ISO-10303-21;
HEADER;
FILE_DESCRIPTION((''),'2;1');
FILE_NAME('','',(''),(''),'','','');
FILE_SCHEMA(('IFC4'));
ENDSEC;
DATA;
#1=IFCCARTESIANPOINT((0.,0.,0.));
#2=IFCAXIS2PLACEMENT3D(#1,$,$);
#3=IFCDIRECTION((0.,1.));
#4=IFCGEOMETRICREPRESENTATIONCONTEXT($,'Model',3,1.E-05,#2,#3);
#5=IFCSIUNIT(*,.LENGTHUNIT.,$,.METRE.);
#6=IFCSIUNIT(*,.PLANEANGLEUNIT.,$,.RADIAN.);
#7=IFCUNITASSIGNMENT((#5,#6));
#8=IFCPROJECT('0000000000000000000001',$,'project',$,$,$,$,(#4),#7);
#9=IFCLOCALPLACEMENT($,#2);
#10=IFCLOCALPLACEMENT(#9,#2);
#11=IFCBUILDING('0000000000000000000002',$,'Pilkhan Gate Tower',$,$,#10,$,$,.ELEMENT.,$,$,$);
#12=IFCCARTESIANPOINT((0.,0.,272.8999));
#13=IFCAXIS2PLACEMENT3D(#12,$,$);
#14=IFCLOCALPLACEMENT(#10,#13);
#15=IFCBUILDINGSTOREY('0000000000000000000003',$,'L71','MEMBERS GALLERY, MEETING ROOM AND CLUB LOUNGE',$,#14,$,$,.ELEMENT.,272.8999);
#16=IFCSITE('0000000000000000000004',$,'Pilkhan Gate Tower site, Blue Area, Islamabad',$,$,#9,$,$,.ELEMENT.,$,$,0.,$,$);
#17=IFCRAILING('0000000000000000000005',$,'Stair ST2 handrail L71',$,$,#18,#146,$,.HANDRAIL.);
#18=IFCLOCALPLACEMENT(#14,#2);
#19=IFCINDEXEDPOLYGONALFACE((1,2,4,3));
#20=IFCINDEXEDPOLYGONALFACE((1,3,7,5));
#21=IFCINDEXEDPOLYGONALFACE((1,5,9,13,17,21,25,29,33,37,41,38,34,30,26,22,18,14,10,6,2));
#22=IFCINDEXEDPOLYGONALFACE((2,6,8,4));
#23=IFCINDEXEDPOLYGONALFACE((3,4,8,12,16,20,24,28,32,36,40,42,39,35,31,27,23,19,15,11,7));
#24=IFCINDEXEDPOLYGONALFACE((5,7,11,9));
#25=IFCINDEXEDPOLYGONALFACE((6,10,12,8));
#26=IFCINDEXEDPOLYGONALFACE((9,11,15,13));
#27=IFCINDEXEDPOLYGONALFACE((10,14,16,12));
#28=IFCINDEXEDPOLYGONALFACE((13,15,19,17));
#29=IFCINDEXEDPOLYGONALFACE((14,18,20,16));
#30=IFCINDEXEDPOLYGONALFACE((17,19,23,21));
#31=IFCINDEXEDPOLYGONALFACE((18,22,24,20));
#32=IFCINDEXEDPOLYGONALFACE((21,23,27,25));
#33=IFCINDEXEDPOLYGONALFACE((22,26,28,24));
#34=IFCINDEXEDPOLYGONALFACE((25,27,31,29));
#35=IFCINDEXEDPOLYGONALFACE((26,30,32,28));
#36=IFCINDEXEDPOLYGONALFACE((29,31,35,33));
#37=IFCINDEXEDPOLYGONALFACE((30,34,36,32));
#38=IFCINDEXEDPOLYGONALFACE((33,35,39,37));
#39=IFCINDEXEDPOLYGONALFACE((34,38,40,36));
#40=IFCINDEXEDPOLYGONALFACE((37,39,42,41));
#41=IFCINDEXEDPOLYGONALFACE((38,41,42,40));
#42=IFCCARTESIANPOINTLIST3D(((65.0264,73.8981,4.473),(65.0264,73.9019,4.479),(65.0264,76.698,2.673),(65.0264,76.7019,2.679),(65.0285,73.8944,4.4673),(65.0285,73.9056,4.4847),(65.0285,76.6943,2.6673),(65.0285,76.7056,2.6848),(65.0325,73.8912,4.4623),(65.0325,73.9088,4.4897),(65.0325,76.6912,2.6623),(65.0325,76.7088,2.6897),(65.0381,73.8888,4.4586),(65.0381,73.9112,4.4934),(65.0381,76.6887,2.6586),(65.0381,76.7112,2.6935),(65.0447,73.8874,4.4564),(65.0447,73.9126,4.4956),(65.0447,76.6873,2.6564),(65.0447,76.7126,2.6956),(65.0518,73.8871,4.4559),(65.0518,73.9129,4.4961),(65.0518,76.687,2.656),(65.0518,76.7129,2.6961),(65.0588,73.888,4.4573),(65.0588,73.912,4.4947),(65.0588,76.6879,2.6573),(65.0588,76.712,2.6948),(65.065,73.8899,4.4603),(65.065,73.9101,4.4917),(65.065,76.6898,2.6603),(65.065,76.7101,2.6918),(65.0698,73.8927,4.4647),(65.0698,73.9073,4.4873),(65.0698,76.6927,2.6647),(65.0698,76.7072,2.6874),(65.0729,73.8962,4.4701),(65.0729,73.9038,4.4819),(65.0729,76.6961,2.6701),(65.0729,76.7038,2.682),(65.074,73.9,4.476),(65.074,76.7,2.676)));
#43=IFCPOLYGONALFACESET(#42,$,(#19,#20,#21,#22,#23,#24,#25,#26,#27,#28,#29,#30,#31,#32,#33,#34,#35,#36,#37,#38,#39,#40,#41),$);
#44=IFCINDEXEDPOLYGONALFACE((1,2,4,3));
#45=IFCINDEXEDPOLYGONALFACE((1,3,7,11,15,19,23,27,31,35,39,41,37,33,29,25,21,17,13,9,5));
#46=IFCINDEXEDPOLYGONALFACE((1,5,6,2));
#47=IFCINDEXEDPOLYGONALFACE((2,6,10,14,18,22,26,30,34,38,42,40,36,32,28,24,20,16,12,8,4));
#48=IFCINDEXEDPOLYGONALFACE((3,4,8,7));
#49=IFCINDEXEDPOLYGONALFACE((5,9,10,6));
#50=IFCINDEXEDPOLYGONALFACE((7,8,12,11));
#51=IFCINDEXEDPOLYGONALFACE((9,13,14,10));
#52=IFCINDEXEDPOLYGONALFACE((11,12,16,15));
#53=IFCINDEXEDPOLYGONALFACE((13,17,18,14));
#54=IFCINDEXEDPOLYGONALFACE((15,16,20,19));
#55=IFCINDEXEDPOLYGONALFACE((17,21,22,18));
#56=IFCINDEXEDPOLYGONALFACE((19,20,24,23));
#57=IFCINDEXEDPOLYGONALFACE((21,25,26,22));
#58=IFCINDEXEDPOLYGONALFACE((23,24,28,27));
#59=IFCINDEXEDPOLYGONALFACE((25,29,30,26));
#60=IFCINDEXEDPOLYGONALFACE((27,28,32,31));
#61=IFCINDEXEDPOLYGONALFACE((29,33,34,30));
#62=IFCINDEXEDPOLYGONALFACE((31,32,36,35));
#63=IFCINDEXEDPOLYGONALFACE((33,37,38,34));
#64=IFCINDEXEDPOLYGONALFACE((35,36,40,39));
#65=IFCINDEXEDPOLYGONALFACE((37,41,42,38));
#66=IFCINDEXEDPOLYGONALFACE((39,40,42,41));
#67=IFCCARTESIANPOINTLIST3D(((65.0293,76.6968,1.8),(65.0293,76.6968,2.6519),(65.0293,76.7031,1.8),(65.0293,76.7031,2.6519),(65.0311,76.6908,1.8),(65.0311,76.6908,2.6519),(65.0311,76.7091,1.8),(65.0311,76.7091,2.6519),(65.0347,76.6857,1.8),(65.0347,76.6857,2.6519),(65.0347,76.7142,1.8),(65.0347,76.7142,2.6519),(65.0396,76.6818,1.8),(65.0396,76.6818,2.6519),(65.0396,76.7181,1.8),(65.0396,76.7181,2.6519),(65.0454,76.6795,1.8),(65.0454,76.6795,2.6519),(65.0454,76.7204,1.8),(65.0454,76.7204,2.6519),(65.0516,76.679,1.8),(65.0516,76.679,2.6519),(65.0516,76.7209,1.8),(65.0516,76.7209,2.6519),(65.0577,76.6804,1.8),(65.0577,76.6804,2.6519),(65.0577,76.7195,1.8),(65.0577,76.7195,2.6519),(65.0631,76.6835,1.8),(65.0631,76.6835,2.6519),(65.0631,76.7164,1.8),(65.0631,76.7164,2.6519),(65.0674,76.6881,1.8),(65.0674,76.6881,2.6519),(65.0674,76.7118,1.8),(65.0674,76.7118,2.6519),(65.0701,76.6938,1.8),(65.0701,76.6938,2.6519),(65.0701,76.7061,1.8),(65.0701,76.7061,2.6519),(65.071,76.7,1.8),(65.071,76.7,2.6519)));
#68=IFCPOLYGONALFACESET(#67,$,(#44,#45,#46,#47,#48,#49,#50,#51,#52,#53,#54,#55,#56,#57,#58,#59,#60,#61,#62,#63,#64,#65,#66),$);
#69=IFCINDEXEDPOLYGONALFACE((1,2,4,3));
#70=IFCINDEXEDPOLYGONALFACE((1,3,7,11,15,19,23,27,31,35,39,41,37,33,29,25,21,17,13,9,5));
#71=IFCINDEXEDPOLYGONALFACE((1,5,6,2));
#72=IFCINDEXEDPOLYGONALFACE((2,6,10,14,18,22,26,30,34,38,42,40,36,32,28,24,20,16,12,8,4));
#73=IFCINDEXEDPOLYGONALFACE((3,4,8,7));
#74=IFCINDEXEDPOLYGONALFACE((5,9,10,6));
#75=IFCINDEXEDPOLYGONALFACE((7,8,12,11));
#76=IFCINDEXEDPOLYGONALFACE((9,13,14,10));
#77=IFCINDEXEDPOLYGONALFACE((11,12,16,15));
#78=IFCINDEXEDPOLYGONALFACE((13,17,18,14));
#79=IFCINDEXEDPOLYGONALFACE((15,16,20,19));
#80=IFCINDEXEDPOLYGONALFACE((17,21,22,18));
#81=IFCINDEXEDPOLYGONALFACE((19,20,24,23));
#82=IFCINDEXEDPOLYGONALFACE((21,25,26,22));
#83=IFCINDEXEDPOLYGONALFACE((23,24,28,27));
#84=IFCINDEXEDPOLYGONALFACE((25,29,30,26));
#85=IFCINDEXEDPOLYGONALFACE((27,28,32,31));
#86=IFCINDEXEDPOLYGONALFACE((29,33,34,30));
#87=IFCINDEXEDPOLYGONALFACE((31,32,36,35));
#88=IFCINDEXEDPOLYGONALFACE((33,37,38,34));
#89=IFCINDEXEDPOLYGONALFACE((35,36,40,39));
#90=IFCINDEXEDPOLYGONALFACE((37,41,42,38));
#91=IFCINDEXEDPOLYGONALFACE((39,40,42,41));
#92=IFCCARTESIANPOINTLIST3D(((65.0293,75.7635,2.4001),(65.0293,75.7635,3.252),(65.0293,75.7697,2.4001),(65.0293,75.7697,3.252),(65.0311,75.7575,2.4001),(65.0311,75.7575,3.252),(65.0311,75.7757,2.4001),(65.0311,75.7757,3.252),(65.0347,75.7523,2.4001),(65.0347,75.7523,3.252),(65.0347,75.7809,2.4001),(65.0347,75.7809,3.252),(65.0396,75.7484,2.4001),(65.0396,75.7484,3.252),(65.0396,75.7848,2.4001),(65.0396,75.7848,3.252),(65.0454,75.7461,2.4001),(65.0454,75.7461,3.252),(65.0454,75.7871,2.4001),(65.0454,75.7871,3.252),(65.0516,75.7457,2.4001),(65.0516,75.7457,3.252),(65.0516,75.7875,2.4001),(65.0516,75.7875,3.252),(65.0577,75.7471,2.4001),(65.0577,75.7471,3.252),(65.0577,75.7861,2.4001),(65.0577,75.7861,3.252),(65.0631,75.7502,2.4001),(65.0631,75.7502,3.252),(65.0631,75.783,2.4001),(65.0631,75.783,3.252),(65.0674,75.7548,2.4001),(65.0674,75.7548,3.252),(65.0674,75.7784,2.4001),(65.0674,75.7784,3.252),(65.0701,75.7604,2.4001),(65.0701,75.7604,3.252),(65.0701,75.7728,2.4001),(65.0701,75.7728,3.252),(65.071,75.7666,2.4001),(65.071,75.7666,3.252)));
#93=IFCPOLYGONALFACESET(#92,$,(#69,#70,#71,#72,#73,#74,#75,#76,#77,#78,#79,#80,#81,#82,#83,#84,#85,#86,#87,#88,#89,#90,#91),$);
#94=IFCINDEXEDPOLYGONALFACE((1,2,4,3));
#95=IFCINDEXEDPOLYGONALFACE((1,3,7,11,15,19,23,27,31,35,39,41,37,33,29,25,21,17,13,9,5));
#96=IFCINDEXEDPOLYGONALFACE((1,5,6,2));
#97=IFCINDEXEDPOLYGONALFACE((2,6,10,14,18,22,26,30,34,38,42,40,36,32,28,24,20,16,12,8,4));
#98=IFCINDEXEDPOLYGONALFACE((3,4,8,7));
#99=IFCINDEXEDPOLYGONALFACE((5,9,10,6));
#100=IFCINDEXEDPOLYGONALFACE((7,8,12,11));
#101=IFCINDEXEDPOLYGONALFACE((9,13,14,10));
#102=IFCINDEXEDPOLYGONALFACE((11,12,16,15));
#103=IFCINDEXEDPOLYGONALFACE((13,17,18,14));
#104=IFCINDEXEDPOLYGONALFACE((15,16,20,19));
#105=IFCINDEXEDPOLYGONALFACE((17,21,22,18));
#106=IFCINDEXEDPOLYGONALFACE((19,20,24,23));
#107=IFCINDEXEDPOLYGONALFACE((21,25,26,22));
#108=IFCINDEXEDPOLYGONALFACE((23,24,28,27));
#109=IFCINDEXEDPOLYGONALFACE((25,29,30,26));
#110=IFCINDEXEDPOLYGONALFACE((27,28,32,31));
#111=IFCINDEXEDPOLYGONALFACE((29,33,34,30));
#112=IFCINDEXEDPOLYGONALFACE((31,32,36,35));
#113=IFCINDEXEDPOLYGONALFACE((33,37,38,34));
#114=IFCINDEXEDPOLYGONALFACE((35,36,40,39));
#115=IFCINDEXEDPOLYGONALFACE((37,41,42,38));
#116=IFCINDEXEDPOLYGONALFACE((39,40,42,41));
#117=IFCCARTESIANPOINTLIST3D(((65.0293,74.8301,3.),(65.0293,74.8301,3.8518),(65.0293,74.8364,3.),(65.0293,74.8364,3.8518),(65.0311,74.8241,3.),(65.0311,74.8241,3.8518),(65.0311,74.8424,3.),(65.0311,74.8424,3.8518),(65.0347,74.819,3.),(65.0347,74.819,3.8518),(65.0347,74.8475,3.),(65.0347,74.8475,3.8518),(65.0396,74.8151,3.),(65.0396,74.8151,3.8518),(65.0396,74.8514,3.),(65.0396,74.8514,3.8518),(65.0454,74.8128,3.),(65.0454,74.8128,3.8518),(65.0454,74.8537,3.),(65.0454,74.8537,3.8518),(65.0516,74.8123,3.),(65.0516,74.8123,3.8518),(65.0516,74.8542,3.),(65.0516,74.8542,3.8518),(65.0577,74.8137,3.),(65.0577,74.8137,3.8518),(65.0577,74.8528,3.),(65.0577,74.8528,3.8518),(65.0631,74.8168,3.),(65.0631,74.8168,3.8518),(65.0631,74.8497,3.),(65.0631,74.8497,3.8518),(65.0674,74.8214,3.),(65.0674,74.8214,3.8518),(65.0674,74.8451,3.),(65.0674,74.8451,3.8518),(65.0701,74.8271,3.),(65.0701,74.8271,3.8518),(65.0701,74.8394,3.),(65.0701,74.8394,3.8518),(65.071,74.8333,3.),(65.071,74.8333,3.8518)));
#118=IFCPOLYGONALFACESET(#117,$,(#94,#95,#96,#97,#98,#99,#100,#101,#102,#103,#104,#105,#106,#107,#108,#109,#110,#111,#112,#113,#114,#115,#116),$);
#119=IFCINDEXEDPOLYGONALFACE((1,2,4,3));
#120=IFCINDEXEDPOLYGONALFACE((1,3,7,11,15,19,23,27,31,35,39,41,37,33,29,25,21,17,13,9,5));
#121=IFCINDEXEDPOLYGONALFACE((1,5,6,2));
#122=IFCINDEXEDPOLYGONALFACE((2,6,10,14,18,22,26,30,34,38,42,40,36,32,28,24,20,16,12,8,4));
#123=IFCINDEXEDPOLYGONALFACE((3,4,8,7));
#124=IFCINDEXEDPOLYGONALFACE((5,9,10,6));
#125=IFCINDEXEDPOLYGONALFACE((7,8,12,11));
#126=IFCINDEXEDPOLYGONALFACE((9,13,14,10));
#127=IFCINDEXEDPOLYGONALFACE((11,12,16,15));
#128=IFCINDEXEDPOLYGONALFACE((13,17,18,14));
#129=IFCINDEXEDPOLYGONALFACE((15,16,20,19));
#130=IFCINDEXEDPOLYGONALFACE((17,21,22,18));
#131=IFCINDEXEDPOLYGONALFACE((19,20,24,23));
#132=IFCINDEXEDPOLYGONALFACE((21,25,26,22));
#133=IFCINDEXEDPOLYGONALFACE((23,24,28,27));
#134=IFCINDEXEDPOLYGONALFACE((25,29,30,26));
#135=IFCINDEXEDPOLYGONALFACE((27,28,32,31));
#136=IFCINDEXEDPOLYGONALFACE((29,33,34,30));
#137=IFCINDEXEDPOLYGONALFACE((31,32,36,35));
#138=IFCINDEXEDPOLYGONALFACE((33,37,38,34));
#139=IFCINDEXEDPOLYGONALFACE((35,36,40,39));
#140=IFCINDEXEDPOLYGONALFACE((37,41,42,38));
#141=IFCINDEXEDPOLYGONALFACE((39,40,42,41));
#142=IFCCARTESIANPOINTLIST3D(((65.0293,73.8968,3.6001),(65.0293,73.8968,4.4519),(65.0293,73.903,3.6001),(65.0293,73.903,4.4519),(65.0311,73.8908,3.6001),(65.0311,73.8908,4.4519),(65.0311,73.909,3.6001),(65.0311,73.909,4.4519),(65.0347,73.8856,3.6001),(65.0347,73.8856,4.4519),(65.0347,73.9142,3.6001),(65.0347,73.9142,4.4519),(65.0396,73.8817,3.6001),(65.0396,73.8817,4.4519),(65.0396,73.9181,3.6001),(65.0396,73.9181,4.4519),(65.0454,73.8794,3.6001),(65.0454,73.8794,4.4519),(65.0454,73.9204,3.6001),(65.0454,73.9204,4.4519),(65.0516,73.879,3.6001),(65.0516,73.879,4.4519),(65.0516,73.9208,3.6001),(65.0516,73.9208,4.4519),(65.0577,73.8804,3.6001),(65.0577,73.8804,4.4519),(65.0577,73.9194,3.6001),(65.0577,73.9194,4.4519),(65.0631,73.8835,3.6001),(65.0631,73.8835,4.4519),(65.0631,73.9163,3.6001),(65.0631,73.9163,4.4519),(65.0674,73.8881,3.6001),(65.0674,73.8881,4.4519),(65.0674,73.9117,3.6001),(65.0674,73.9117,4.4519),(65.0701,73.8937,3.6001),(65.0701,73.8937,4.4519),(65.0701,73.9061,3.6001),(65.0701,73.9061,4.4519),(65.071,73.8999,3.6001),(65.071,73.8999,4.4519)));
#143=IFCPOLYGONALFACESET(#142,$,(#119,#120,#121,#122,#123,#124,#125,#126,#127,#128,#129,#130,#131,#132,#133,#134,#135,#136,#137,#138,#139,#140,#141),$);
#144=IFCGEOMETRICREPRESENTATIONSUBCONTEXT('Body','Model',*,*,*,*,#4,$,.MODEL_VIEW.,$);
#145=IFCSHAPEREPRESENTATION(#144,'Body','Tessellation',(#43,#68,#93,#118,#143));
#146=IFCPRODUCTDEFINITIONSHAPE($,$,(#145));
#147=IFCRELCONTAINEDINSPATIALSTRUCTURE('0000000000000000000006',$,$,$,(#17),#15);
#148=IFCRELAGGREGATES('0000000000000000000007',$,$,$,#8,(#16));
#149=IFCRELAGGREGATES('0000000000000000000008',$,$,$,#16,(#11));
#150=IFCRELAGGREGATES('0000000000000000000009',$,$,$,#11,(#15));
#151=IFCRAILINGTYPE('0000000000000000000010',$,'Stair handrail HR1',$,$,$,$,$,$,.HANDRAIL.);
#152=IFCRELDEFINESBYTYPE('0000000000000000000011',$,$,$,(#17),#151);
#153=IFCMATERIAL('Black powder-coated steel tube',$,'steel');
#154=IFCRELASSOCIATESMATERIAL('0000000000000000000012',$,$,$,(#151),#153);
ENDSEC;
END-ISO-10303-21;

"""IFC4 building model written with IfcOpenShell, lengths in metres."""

from ifc_helpers import new_model, si_unit, direction, frame, origin, origin_2d, place, context, subcontext, project, spatial, circle, extrude, material, type_object, element, save


model = new_model("IFC4")

# Units and contexts
model_context = context("Model", 3, precision=1e-05, world=origin(), true_north=direction((0.0, 1.0)))
body_context = subcontext(model_context, "Body", "Model", "MODEL_VIEW")
ifc_project = project(units=[si_unit("LENGTHUNIT", "METRE"), si_unit("PLANEANGLEUNIT", "RADIAN")], contexts=[model_context])

# Site, building, storey
site_placement = place(None, origin())
site = spatial("IfcSite", under=ifc_project, at=site_placement, Name="Pilkhan Gate Tower site, Blue Area, Islamabad", CompositionType="ELEMENT", RefElevation=0.0)
building_placement = place(site_placement, origin())
building = spatial("IfcBuilding", under=site, at=building_placement, Name="Pilkhan Gate Tower", CompositionType="ELEMENT")
storey_placement = place(building_placement, frame((0.0, 0.0, 272.8999)))
storey = spatial("IfcBuildingStorey", under=building, at=storey_placement, Name="L71", Description="MEMBERS GALLERY, MEETING ROOM AND CLUB LOUNGE", CompositionType="ELEMENT", Elevation=272.8999)

# Railing
ifc_material_1 = material(Name="Black powder-coated steel tube", Category="steel")
railing_type_1 = type_object("IfcRailingType", Name="Stair handrail HR1", PredefinedType="HANDRAIL", material=ifc_material_1)
railing_1_placement = place(storey_placement, frame((65.05, 76.7, 1.8)))
element("IfcRailing", 1, at=railing_1_placement, inside=storey, type_object=railing_type_1, Name="Stair ST2 handrail L71", PredefinedType="HANDRAIL", context=body_context, shape_type="SweptSolid", body=[
    extrude(circle(Radius=0.0239, at=origin_2d()), frame((0.0, 0.0, 0.876), z_axis=(0.0, -0.841176, 0.540761), x_axis=(1.0, 0.0, 0.0)), (0.0, 0.0, 1.0), 3.3286),
    extrude(circle(Radius=0.021, at=origin_2d()), origin(), (0.0, 0.0, 1.0), 0.8518),
    extrude(circle(Radius=0.021, at=origin_2d()), frame((0.0, -0.9333, 0.6001)), (0.0, 0.0, 1.0), 0.8518),
    extrude(circle(Radius=0.021, at=origin_2d()), frame((0.0, -1.8667, 1.2)), (0.0, 0.0, 1.0), 0.8518),
    extrude(circle(Radius=0.021, at=origin_2d()), frame((0.0, -2.8, 1.8)), (0.0, 0.0, 1.0), 0.8518),
])

save(model, "model.ifc")
